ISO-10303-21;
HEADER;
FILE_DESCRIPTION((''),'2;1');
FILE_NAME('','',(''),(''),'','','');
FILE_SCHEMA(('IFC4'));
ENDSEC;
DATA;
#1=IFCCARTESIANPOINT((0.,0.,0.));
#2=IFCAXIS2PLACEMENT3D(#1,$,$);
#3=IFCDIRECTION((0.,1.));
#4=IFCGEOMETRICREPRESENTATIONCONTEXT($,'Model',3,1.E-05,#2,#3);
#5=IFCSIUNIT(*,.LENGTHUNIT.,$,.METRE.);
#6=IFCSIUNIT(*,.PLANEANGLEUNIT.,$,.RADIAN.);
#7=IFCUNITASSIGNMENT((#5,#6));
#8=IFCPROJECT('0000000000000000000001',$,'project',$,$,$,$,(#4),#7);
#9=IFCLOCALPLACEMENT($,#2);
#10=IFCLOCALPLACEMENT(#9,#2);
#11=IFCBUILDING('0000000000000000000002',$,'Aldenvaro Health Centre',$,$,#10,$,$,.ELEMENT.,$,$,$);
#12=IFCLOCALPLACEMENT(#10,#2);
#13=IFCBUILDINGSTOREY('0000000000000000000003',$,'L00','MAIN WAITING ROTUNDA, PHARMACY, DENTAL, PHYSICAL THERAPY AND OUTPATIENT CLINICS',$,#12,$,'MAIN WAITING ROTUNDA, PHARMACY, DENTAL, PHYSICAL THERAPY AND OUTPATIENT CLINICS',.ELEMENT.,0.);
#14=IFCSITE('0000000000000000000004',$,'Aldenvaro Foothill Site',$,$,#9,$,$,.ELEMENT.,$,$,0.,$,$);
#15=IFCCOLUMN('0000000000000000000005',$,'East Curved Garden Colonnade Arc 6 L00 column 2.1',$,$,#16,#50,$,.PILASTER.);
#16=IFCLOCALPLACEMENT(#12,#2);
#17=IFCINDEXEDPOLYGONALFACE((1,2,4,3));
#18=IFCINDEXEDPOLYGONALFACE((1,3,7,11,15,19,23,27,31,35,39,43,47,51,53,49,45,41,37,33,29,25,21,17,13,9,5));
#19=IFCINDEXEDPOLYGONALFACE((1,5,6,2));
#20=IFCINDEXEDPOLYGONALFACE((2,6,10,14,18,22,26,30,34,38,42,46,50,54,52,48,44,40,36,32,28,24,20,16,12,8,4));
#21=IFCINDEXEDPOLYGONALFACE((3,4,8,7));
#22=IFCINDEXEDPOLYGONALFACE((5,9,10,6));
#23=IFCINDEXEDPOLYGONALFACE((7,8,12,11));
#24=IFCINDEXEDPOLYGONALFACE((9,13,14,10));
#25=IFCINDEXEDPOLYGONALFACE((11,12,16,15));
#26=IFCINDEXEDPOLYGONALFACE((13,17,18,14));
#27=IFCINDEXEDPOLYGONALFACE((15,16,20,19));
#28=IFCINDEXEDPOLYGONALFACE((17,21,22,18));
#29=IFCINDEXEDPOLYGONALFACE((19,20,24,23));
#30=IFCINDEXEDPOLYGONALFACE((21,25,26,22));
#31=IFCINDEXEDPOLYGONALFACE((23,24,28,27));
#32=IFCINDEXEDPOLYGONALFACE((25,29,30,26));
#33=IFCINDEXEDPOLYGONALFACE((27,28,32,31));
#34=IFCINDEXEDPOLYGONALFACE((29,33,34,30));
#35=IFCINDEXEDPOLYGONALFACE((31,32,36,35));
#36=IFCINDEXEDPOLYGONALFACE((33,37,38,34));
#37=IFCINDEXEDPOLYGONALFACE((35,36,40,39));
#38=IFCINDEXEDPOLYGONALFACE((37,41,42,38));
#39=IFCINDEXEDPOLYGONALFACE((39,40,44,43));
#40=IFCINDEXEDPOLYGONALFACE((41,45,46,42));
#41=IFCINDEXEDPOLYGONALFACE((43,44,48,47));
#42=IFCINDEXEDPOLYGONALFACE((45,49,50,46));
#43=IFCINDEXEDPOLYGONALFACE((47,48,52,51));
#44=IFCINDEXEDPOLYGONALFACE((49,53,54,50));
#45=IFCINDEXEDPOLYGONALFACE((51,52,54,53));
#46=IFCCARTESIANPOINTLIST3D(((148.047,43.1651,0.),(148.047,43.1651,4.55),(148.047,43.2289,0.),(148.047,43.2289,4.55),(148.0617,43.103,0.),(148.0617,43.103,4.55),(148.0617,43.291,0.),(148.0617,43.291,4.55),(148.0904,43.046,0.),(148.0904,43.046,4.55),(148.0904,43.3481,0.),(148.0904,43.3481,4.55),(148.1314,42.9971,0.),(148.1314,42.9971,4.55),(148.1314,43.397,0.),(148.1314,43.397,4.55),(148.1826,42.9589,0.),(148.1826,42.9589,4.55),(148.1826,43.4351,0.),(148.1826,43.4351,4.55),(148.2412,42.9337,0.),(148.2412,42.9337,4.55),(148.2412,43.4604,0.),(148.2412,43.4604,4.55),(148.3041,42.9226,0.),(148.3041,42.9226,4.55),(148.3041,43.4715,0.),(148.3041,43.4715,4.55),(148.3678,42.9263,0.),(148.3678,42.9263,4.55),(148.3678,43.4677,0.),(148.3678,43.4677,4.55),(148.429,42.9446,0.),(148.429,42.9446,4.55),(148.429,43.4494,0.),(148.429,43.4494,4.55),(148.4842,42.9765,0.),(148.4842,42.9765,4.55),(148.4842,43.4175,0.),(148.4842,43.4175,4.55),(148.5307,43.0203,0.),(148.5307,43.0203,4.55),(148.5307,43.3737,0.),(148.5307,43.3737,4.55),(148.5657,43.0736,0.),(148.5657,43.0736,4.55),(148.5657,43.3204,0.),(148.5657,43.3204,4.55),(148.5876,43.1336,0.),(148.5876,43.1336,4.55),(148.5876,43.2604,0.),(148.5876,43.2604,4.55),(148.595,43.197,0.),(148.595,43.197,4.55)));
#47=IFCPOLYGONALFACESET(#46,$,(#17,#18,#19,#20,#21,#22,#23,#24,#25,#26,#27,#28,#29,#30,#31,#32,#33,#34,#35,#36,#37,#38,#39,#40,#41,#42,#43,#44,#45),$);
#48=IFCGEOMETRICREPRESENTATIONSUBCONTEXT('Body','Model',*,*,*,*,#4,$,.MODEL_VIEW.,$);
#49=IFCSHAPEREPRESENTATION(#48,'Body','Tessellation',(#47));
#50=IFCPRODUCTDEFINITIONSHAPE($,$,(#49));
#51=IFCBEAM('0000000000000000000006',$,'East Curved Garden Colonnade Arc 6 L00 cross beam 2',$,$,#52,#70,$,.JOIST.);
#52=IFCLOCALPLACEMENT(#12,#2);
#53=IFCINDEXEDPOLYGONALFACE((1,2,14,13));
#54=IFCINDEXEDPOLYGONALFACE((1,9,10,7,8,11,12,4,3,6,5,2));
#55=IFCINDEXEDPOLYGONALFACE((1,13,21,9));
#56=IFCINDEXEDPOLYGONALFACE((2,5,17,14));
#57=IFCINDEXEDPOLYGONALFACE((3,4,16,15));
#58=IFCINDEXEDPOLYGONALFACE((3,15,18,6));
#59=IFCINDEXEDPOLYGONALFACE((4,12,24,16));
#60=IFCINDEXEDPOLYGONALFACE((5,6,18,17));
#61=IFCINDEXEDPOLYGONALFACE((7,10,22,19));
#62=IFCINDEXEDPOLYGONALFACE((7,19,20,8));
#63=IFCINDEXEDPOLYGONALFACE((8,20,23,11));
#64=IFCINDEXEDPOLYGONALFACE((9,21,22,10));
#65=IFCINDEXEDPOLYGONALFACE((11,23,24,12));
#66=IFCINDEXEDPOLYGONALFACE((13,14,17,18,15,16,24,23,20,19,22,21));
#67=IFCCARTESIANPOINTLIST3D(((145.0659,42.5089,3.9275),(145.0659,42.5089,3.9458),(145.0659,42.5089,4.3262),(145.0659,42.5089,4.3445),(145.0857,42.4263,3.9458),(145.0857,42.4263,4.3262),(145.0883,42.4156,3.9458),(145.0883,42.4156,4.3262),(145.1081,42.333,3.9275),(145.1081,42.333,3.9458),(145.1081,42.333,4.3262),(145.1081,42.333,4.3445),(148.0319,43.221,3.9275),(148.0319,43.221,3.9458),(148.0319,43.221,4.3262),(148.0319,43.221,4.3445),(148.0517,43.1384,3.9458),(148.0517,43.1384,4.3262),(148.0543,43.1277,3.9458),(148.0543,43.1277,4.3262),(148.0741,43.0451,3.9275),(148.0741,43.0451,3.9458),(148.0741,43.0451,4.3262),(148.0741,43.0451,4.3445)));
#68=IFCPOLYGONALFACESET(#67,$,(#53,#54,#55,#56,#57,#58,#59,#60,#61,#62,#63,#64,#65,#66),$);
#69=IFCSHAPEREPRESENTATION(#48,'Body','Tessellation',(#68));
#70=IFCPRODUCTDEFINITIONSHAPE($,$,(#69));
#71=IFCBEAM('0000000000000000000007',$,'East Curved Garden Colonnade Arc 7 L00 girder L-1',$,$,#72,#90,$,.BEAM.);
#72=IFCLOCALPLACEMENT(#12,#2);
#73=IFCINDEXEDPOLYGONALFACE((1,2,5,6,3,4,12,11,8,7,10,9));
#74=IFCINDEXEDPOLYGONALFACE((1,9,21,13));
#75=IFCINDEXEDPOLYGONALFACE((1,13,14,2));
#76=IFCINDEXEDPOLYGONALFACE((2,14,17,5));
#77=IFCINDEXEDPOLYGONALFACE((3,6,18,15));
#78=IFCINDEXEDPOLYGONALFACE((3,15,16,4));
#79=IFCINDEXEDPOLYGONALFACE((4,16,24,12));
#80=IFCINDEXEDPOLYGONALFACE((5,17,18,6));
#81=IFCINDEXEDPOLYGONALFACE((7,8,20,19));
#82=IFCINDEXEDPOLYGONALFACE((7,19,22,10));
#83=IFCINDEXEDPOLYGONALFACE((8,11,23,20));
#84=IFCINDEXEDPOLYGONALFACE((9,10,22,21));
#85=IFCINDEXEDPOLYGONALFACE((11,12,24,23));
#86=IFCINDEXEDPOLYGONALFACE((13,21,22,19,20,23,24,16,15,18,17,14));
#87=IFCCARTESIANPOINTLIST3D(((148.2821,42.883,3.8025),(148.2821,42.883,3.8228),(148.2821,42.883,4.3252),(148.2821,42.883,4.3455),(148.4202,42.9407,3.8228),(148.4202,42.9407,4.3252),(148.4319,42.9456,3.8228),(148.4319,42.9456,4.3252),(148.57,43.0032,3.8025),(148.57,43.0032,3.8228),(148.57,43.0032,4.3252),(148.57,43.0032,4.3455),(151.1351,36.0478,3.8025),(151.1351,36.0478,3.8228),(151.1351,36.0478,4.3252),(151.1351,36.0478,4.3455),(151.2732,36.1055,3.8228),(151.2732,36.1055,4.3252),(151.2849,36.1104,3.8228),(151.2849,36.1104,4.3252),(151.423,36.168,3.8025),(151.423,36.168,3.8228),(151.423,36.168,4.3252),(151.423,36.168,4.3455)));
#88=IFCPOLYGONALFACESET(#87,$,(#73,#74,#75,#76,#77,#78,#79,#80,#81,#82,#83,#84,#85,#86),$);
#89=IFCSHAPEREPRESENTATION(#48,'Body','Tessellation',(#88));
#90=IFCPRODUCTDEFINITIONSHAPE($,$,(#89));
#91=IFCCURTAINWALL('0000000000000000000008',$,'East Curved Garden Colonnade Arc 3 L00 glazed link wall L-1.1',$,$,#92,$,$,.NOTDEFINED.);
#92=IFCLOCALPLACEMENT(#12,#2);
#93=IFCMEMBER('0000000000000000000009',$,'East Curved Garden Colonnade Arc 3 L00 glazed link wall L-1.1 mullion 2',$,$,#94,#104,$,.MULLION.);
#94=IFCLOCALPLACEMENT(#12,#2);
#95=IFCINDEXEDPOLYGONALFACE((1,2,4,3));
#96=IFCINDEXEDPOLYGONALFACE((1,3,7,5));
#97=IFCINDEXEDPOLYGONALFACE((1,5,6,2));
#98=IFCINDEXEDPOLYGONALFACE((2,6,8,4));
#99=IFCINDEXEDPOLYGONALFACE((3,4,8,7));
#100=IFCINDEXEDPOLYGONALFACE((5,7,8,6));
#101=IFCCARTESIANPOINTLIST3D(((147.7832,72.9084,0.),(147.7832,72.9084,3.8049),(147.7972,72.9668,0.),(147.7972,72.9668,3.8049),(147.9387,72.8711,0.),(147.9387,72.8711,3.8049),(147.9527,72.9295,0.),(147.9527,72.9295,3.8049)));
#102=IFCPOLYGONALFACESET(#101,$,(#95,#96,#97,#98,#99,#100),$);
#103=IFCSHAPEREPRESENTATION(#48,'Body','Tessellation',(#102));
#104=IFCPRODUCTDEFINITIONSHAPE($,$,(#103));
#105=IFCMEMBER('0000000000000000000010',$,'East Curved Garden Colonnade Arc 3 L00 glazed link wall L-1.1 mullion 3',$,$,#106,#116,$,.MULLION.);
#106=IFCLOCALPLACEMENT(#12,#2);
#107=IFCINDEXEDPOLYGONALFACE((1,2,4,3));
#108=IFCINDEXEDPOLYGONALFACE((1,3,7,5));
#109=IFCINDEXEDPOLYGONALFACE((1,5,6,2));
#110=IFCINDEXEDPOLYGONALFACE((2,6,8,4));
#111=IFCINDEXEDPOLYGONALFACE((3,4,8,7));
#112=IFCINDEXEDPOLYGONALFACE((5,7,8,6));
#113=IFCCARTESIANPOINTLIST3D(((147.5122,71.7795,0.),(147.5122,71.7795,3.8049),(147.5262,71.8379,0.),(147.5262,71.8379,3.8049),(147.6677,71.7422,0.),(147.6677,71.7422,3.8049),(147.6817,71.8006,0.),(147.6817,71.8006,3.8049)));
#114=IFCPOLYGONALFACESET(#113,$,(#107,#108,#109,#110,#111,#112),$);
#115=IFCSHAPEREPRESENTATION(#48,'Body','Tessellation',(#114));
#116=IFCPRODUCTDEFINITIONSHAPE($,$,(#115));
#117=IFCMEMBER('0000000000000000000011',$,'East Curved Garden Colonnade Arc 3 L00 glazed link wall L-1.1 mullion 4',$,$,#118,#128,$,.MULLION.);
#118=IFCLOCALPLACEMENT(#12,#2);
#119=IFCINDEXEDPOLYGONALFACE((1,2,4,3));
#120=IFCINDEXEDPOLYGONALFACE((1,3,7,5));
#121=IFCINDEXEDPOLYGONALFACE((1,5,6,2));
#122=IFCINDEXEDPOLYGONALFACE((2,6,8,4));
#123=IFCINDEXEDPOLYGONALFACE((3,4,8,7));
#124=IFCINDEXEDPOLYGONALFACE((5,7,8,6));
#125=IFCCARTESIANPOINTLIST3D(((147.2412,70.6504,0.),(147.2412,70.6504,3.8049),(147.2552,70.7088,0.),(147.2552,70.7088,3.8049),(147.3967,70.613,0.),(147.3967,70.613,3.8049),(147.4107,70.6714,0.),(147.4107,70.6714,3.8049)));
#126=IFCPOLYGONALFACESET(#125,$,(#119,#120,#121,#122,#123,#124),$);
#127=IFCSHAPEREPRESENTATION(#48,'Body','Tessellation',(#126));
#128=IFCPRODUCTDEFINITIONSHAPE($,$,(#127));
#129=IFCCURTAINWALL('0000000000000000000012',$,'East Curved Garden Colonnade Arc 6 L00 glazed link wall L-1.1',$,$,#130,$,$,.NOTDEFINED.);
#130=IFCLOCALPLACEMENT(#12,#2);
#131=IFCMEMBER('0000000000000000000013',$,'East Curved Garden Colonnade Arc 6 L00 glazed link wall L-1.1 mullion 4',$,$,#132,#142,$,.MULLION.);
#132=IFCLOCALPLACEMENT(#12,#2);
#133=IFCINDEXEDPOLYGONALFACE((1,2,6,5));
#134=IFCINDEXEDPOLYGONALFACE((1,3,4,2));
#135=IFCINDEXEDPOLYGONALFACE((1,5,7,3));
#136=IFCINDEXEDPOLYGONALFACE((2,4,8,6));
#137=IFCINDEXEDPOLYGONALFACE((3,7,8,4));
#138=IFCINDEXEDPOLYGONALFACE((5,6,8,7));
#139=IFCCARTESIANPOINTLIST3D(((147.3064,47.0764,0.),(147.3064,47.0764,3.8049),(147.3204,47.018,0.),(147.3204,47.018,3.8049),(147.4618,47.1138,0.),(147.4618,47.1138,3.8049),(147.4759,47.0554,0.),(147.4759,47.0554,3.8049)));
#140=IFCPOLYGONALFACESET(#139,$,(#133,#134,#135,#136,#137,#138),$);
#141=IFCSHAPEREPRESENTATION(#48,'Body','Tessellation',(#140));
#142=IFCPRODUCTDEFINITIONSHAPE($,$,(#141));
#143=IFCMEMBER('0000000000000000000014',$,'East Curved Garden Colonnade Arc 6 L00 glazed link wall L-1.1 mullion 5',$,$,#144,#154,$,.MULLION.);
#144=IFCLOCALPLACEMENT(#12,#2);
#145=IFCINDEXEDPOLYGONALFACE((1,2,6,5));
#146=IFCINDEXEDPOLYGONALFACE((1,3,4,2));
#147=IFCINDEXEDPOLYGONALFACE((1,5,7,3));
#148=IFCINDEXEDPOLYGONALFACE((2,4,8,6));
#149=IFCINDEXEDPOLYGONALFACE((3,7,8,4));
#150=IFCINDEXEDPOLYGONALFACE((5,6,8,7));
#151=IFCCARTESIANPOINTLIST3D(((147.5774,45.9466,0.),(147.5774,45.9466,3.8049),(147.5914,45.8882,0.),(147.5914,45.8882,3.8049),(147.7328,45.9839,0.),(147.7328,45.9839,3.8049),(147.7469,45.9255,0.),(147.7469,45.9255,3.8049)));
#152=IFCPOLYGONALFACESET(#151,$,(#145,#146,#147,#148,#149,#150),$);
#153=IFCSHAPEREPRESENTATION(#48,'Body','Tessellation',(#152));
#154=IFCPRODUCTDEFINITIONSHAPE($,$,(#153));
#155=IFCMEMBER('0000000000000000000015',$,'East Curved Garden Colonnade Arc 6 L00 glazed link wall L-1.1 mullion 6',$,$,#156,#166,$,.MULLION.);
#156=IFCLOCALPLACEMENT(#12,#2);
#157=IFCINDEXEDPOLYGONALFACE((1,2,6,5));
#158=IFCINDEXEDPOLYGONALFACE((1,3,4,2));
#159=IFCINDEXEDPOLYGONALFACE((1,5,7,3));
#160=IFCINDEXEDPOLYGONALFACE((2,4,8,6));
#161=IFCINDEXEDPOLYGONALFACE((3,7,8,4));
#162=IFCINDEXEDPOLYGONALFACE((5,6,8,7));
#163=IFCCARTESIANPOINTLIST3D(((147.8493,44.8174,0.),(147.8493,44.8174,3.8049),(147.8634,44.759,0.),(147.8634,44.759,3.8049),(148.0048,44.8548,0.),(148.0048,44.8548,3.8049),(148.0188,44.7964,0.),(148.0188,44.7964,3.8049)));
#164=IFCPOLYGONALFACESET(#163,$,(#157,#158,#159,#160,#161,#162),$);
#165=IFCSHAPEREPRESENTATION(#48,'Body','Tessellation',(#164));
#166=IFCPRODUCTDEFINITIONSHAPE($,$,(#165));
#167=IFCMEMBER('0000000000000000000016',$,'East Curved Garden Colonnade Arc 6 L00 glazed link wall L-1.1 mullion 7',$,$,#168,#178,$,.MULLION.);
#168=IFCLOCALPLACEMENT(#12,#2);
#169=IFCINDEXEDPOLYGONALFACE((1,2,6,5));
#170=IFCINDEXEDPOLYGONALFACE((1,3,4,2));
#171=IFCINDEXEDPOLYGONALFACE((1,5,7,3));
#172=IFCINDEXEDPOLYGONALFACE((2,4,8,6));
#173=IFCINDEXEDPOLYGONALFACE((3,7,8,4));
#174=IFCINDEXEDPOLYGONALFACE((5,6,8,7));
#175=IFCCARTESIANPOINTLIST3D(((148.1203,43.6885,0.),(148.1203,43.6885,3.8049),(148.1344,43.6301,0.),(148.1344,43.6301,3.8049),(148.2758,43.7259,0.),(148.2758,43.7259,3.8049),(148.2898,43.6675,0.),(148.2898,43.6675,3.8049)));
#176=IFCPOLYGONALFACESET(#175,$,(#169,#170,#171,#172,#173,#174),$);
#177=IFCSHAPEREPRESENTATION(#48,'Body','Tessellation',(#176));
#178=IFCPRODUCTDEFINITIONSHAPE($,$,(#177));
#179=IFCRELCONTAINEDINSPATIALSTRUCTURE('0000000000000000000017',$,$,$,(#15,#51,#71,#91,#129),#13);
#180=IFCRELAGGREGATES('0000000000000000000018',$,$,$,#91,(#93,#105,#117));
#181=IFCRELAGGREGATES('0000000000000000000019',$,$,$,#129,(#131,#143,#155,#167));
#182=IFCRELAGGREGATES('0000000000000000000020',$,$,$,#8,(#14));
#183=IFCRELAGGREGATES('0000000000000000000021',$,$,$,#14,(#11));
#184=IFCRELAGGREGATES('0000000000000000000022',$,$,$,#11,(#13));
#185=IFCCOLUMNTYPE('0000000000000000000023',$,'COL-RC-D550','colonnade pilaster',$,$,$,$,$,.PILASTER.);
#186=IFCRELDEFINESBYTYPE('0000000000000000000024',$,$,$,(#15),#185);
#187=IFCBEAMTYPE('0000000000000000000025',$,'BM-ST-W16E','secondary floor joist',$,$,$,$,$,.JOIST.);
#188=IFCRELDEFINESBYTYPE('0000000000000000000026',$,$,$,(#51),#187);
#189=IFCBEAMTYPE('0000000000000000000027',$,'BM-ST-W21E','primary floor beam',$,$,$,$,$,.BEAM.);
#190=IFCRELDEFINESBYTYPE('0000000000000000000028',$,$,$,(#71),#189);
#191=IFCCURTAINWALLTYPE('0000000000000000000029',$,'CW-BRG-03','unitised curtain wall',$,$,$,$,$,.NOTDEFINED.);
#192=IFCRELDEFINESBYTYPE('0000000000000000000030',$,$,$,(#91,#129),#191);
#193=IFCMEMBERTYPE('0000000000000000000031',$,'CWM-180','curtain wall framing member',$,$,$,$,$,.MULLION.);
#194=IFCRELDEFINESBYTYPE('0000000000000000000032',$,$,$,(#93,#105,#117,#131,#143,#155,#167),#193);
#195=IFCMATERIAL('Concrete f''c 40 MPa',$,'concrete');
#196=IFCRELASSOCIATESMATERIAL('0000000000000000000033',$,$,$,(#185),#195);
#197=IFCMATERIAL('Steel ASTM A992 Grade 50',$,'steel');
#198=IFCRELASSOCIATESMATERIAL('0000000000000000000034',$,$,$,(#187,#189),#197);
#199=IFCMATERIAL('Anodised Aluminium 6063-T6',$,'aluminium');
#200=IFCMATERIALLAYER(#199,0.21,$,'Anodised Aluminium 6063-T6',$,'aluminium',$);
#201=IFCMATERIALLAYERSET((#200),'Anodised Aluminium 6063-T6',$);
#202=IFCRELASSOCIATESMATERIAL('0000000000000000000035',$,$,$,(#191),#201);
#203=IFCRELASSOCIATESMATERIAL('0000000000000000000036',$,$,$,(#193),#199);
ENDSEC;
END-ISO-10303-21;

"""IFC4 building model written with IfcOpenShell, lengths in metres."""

from ifc_helpers import new_model, si_unit, direction, frame, origin, origin_2d, place, context, subcontext, project, spatial, rectangle, circle, i_section, extrude, material, layer, layer_set, material_profile, profile_set, type_object, element, aggregate, save


model = new_model("IFC4")

# Units and contexts
model_context = context("Model", 3, precision=1e-05, world=origin(), true_north=direction((0.0, 1.0)))
body_context = subcontext(model_context, "Body", "Model", "MODEL_VIEW")
ifc_project = project(units=[si_unit("LENGTHUNIT", "METRE"), si_unit("PLANEANGLEUNIT", "RADIAN")], contexts=[model_context])

# Site, building, storey
site_placement = place(None, origin())
site = spatial("IfcSite", under=ifc_project, at=site_placement, Name="Aldenvaro Foothill Site", CompositionType="ELEMENT", RefElevation=0.0)
building_placement = place(site_placement, origin())
building = spatial("IfcBuilding", under=site, at=building_placement, Name="Aldenvaro Health Centre", CompositionType="ELEMENT")
storey_placement = place(building_placement, origin())
storey = spatial("IfcBuildingStorey", under=building, at=storey_placement, Name="L00", Description="MAIN WAITING ROTUNDA, PHARMACY, DENTAL, PHYSICAL THERAPY AND OUTPATIENT CLINICS", LongName="MAIN WAITING ROTUNDA, PHARMACY, DENTAL, PHYSICAL THERAPY AND OUTPATIENT CLINICS", CompositionType="ELEMENT", Elevation=0.0)

# Column
ifc_material_1 = material(Name="Concrete f'c 40 MPa", Category="concrete")
ifc_material_profile_1 = material_profile(ifc_material_1, circle(Radius=0.2749, at=origin_2d()), Name="RC D550", Category="concrete")
ifc_profile_set_1 = profile_set([ifc_material_profile_1], Name="Concrete f'c 40 MPa")
column_type = type_object("IfcColumnType", Name="COL-RC-D550", Description="colonnade pilaster", PredefinedType="PILASTER", material=ifc_profile_set_1)
column_placement = place(storey_placement, frame((148.3201, 43.197, 0.0), z_axis=(0.0, 0.0, 1.0), x_axis=(1.0, 0.0, 0.0)))
element("IfcColumn", 1, at=column_placement, inside=storey, type_object=column_type, Name="East Curved Garden Colonnade Arc 6 L00 column 2.1", PredefinedType="PILASTER", context=body_context, shape_type="SweptSolid", body=[
    extrude(circle(Radius=0.2749, at=origin_2d()), origin(), (0.0, 0.0, 1.0), 4.55),
])

# Beams
ifc_material_2 = material(Name="Steel ASTM A992 Grade 50", Category="steel")
ifc_material_profile_2 = material_profile(ifc_material_2, i_section(OverallWidth=0.1809, OverallDepth=0.417, WebThickness=0.011, FlangeThickness=0.0183, at=origin_2d()), Name="W16X57", Category="steel")
ifc_profile_set_2 = profile_set([ifc_material_profile_2], Name="Steel ASTM A992 Grade 50")
beam_type_1 = type_object("IfcBeamType", Name="BM-ST-W16E", Description="secondary floor joist", PredefinedType="JOIST", material=ifc_profile_set_2)
beam_1_placement = place(storey_placement, frame((148.053, 43.1331, 4.136), z_axis=(-0.972365, -0.233467, 0.0), x_axis=(0.233467, -0.972365, 0.0)))
element("IfcBeam", 2, at=beam_1_placement, inside=storey, type_object=beam_type_1, Name="East Curved Garden Colonnade Arc 6 L00 cross beam 2", PredefinedType="JOIST", context=body_context, shape_type="SweptSolid", body=[
    extrude(i_section(OverallWidth=0.1809, OverallDepth=0.417, WebThickness=0.011, FlangeThickness=0.0183, at=origin_2d()), origin(), (0.0, 0.0, 1.0), 3.0503),
])
ifc_material_profile_3 = material_profile(ifc_material_2, i_section(OverallWidth=0.312, OverallDepth=0.543, WebThickness=0.0127, FlangeThickness=0.0203, at=origin_2d()), Name="W21X101", Category="steel")
ifc_profile_set_3 = profile_set([ifc_material_profile_3], Name="Steel ASTM A992 Grade 50")
beam_type_2 = type_object("IfcBeamType", Name="BM-ST-W21E", Description="primary floor beam", PredefinedType="BEAM", material=ifc_profile_set_3)
beam_2_placement = place(storey_placement, frame((148.426, 42.9431, 4.074), z_axis=(0.385193, -0.922836, 0.0), x_axis=(0.922836, 0.385193, 0.0)))
element("IfcBeam", 3, at=beam_2_placement, inside=storey, type_object=beam_type_2, Name="East Curved Garden Colonnade Arc 7 L00 girder L-1", PredefinedType="BEAM", context=body_context, shape_type="SweptSolid", body=[
    extrude(i_section(OverallWidth=0.312, OverallDepth=0.543, WebThickness=0.0127, FlangeThickness=0.0203, at=origin_2d()), origin(), (0.0, 0.0, 1.0), 7.4067),
])

# Curtain walls, members
ifc_material_3 = material(Name="Anodised Aluminium 6063-T6", Category="aluminium")
ifc_layer_1 = layer(ifc_material_3, 0.21, Name="Anodised Aluminium 6063-T6", Category="aluminium")
ifc_layer_set_1 = layer_set([ifc_layer_1], Name="Anodised Aluminium 6063-T6")
curtain_wall_type = type_object("IfcCurtainWallType", Name="CW-BRG-03", Description="unitised curtain wall", PredefinedType="NOTDEFINED", material=ifc_layer_set_1)
curtain_wall_1_placement = place(storey_placement, origin())
curtain_wall_1 = element("IfcCurtainWall", 4, at=curtain_wall_1_placement, inside=storey, type_object=curtain_wall_type, Name="East Curved Garden Colonnade Arc 3 L00 glazed link wall L-1.1", PredefinedType="NOTDEFINED")
ifc_material_profile_4 = material_profile(ifc_material_3, rectangle(XDim=0.0601, YDim=0.1599, at=origin_2d()), Name="ALU 60x160", Category="aluminium")
ifc_profile_set_4 = profile_set([ifc_material_profile_4], Name="Anodised Aluminium 6063-T6")
member_type_1 = type_object("IfcMemberType", Name="CWM-180", Description="curtain wall framing member", PredefinedType="MULLION", material=ifc_profile_set_4)
member_1_placement = place(storey_placement, frame((147.8679, 72.9189, 0.0), z_axis=(0.0, 0.0, 1.0), x_axis=(-0.233541, -0.972347, 0.0)))
member_1 = element("IfcMember", 5, at=member_1_placement, type_object=member_type_1, Name="East Curved Garden Colonnade Arc 3 L00 glazed link wall L-1.1 mullion 2", PredefinedType="MULLION", context=body_context, shape_type="SweptSolid", body=[
    extrude(rectangle(XDim=0.0601, YDim=0.1599, at=origin_2d()), origin(), (0.0, 0.0, 1.0), 3.8049),
])
member_2_placement = place(storey_placement, frame((147.5969, 71.79, 0.0), z_axis=(0.0, 0.0, 1.0), x_axis=(-0.233541, -0.972347, 0.0)))
member_2 = element("IfcMember", 6, at=member_2_placement, type_object=member_type_1, Name="East Curved Garden Colonnade Arc 3 L00 glazed link wall L-1.1 mullion 3", PredefinedType="MULLION", context=body_context, shape_type="SweptSolid", body=[
    extrude(rectangle(XDim=0.0601, YDim=0.1599, at=origin_2d()), origin(), (0.0, 0.0, 1.0), 3.8049),
])
member_3_placement = place(storey_placement, frame((147.3259, 70.6609, 0.0), z_axis=(0.0, 0.0, 1.0), x_axis=(-0.233541, -0.972347, 0.0)))
member_3 = element("IfcMember", 7, at=member_3_placement, type_object=member_type_1, Name="East Curved Garden Colonnade Arc 3 L00 glazed link wall L-1.1 mullion 4", PredefinedType="MULLION", context=body_context, shape_type="SweptSolid", body=[
    extrude(rectangle(XDim=0.0601, YDim=0.1599, at=origin_2d()), origin(), (0.0, 0.0, 1.0), 3.8049),
])
curtain_wall_2_placement = place(storey_placement, origin())
curtain_wall_2 = element("IfcCurtainWall", 8, at=curtain_wall_2_placement, inside=storey, type_object=curtain_wall_type, Name="East Curved Garden Colonnade Arc 6 L00 glazed link wall L-1.1", PredefinedType="NOTDEFINED")
member_4_placement = place(storey_placement, frame((147.3911, 47.0659, 0.0), z_axis=(0.0, 0.0, 1.0), x_axis=(0.233644, -0.972322, 0.0)))
member_4 = element("IfcMember", 9, at=member_4_placement, type_object=member_type_1, Name="East Curved Garden Colonnade Arc 6 L00 glazed link wall L-1.1 mullion 4", PredefinedType="MULLION", context=body_context, shape_type="SweptSolid", body=[
    extrude(rectangle(XDim=0.0601, YDim=0.1599, at=origin_2d()), origin(), (0.0, 0.0, 1.0), 3.8049),
])
member_5_placement = place(storey_placement, frame((147.6621, 45.936, 0.0), z_axis=(0.0, 0.0, 1.0), x_axis=(0.233644, -0.972322, 0.0)))
member_5 = element("IfcMember", 10, at=member_5_placement, type_object=member_type_1, Name="East Curved Garden Colonnade Arc 6 L00 glazed link wall L-1.1 mullion 5", PredefinedType="MULLION", context=body_context, shape_type="SweptSolid", body=[
    extrude(rectangle(XDim=0.0601, YDim=0.1599, at=origin_2d()), origin(), (0.0, 0.0, 1.0), 3.8049),
])
member_6_placement = place(storey_placement, frame((147.9341, 44.8069, 0.0), z_axis=(0.0, 0.0, 1.0), x_axis=(0.233644, -0.972322, 0.0)))
member_6 = element("IfcMember", 11, at=member_6_placement, type_object=member_type_1, Name="East Curved Garden Colonnade Arc 6 L00 glazed link wall L-1.1 mullion 6", PredefinedType="MULLION", context=body_context, shape_type="SweptSolid", body=[
    extrude(rectangle(XDim=0.0601, YDim=0.1599, at=origin_2d()), origin(), (0.0, 0.0, 1.0), 3.8049),
])
member_7_placement = place(storey_placement, frame((148.2051, 43.678, 0.0), z_axis=(0.0, 0.0, 1.0), x_axis=(0.233644, -0.972322, 0.0)))
member_7 = element("IfcMember", 12, at=member_7_placement, type_object=member_type_1, Name="East Curved Garden Colonnade Arc 6 L00 glazed link wall L-1.1 mullion 7", PredefinedType="MULLION", context=body_context, shape_type="SweptSolid", body=[
    extrude(rectangle(XDim=0.0601, YDim=0.1599, at=origin_2d()), origin(), (0.0, 0.0, 1.0), 3.8049),
])

aggregate(curtain_wall_1, [member_1, member_2, member_3])
aggregate(curtain_wall_2, [member_4, member_5, member_6, member_7])

save(model, "model.ifc")
